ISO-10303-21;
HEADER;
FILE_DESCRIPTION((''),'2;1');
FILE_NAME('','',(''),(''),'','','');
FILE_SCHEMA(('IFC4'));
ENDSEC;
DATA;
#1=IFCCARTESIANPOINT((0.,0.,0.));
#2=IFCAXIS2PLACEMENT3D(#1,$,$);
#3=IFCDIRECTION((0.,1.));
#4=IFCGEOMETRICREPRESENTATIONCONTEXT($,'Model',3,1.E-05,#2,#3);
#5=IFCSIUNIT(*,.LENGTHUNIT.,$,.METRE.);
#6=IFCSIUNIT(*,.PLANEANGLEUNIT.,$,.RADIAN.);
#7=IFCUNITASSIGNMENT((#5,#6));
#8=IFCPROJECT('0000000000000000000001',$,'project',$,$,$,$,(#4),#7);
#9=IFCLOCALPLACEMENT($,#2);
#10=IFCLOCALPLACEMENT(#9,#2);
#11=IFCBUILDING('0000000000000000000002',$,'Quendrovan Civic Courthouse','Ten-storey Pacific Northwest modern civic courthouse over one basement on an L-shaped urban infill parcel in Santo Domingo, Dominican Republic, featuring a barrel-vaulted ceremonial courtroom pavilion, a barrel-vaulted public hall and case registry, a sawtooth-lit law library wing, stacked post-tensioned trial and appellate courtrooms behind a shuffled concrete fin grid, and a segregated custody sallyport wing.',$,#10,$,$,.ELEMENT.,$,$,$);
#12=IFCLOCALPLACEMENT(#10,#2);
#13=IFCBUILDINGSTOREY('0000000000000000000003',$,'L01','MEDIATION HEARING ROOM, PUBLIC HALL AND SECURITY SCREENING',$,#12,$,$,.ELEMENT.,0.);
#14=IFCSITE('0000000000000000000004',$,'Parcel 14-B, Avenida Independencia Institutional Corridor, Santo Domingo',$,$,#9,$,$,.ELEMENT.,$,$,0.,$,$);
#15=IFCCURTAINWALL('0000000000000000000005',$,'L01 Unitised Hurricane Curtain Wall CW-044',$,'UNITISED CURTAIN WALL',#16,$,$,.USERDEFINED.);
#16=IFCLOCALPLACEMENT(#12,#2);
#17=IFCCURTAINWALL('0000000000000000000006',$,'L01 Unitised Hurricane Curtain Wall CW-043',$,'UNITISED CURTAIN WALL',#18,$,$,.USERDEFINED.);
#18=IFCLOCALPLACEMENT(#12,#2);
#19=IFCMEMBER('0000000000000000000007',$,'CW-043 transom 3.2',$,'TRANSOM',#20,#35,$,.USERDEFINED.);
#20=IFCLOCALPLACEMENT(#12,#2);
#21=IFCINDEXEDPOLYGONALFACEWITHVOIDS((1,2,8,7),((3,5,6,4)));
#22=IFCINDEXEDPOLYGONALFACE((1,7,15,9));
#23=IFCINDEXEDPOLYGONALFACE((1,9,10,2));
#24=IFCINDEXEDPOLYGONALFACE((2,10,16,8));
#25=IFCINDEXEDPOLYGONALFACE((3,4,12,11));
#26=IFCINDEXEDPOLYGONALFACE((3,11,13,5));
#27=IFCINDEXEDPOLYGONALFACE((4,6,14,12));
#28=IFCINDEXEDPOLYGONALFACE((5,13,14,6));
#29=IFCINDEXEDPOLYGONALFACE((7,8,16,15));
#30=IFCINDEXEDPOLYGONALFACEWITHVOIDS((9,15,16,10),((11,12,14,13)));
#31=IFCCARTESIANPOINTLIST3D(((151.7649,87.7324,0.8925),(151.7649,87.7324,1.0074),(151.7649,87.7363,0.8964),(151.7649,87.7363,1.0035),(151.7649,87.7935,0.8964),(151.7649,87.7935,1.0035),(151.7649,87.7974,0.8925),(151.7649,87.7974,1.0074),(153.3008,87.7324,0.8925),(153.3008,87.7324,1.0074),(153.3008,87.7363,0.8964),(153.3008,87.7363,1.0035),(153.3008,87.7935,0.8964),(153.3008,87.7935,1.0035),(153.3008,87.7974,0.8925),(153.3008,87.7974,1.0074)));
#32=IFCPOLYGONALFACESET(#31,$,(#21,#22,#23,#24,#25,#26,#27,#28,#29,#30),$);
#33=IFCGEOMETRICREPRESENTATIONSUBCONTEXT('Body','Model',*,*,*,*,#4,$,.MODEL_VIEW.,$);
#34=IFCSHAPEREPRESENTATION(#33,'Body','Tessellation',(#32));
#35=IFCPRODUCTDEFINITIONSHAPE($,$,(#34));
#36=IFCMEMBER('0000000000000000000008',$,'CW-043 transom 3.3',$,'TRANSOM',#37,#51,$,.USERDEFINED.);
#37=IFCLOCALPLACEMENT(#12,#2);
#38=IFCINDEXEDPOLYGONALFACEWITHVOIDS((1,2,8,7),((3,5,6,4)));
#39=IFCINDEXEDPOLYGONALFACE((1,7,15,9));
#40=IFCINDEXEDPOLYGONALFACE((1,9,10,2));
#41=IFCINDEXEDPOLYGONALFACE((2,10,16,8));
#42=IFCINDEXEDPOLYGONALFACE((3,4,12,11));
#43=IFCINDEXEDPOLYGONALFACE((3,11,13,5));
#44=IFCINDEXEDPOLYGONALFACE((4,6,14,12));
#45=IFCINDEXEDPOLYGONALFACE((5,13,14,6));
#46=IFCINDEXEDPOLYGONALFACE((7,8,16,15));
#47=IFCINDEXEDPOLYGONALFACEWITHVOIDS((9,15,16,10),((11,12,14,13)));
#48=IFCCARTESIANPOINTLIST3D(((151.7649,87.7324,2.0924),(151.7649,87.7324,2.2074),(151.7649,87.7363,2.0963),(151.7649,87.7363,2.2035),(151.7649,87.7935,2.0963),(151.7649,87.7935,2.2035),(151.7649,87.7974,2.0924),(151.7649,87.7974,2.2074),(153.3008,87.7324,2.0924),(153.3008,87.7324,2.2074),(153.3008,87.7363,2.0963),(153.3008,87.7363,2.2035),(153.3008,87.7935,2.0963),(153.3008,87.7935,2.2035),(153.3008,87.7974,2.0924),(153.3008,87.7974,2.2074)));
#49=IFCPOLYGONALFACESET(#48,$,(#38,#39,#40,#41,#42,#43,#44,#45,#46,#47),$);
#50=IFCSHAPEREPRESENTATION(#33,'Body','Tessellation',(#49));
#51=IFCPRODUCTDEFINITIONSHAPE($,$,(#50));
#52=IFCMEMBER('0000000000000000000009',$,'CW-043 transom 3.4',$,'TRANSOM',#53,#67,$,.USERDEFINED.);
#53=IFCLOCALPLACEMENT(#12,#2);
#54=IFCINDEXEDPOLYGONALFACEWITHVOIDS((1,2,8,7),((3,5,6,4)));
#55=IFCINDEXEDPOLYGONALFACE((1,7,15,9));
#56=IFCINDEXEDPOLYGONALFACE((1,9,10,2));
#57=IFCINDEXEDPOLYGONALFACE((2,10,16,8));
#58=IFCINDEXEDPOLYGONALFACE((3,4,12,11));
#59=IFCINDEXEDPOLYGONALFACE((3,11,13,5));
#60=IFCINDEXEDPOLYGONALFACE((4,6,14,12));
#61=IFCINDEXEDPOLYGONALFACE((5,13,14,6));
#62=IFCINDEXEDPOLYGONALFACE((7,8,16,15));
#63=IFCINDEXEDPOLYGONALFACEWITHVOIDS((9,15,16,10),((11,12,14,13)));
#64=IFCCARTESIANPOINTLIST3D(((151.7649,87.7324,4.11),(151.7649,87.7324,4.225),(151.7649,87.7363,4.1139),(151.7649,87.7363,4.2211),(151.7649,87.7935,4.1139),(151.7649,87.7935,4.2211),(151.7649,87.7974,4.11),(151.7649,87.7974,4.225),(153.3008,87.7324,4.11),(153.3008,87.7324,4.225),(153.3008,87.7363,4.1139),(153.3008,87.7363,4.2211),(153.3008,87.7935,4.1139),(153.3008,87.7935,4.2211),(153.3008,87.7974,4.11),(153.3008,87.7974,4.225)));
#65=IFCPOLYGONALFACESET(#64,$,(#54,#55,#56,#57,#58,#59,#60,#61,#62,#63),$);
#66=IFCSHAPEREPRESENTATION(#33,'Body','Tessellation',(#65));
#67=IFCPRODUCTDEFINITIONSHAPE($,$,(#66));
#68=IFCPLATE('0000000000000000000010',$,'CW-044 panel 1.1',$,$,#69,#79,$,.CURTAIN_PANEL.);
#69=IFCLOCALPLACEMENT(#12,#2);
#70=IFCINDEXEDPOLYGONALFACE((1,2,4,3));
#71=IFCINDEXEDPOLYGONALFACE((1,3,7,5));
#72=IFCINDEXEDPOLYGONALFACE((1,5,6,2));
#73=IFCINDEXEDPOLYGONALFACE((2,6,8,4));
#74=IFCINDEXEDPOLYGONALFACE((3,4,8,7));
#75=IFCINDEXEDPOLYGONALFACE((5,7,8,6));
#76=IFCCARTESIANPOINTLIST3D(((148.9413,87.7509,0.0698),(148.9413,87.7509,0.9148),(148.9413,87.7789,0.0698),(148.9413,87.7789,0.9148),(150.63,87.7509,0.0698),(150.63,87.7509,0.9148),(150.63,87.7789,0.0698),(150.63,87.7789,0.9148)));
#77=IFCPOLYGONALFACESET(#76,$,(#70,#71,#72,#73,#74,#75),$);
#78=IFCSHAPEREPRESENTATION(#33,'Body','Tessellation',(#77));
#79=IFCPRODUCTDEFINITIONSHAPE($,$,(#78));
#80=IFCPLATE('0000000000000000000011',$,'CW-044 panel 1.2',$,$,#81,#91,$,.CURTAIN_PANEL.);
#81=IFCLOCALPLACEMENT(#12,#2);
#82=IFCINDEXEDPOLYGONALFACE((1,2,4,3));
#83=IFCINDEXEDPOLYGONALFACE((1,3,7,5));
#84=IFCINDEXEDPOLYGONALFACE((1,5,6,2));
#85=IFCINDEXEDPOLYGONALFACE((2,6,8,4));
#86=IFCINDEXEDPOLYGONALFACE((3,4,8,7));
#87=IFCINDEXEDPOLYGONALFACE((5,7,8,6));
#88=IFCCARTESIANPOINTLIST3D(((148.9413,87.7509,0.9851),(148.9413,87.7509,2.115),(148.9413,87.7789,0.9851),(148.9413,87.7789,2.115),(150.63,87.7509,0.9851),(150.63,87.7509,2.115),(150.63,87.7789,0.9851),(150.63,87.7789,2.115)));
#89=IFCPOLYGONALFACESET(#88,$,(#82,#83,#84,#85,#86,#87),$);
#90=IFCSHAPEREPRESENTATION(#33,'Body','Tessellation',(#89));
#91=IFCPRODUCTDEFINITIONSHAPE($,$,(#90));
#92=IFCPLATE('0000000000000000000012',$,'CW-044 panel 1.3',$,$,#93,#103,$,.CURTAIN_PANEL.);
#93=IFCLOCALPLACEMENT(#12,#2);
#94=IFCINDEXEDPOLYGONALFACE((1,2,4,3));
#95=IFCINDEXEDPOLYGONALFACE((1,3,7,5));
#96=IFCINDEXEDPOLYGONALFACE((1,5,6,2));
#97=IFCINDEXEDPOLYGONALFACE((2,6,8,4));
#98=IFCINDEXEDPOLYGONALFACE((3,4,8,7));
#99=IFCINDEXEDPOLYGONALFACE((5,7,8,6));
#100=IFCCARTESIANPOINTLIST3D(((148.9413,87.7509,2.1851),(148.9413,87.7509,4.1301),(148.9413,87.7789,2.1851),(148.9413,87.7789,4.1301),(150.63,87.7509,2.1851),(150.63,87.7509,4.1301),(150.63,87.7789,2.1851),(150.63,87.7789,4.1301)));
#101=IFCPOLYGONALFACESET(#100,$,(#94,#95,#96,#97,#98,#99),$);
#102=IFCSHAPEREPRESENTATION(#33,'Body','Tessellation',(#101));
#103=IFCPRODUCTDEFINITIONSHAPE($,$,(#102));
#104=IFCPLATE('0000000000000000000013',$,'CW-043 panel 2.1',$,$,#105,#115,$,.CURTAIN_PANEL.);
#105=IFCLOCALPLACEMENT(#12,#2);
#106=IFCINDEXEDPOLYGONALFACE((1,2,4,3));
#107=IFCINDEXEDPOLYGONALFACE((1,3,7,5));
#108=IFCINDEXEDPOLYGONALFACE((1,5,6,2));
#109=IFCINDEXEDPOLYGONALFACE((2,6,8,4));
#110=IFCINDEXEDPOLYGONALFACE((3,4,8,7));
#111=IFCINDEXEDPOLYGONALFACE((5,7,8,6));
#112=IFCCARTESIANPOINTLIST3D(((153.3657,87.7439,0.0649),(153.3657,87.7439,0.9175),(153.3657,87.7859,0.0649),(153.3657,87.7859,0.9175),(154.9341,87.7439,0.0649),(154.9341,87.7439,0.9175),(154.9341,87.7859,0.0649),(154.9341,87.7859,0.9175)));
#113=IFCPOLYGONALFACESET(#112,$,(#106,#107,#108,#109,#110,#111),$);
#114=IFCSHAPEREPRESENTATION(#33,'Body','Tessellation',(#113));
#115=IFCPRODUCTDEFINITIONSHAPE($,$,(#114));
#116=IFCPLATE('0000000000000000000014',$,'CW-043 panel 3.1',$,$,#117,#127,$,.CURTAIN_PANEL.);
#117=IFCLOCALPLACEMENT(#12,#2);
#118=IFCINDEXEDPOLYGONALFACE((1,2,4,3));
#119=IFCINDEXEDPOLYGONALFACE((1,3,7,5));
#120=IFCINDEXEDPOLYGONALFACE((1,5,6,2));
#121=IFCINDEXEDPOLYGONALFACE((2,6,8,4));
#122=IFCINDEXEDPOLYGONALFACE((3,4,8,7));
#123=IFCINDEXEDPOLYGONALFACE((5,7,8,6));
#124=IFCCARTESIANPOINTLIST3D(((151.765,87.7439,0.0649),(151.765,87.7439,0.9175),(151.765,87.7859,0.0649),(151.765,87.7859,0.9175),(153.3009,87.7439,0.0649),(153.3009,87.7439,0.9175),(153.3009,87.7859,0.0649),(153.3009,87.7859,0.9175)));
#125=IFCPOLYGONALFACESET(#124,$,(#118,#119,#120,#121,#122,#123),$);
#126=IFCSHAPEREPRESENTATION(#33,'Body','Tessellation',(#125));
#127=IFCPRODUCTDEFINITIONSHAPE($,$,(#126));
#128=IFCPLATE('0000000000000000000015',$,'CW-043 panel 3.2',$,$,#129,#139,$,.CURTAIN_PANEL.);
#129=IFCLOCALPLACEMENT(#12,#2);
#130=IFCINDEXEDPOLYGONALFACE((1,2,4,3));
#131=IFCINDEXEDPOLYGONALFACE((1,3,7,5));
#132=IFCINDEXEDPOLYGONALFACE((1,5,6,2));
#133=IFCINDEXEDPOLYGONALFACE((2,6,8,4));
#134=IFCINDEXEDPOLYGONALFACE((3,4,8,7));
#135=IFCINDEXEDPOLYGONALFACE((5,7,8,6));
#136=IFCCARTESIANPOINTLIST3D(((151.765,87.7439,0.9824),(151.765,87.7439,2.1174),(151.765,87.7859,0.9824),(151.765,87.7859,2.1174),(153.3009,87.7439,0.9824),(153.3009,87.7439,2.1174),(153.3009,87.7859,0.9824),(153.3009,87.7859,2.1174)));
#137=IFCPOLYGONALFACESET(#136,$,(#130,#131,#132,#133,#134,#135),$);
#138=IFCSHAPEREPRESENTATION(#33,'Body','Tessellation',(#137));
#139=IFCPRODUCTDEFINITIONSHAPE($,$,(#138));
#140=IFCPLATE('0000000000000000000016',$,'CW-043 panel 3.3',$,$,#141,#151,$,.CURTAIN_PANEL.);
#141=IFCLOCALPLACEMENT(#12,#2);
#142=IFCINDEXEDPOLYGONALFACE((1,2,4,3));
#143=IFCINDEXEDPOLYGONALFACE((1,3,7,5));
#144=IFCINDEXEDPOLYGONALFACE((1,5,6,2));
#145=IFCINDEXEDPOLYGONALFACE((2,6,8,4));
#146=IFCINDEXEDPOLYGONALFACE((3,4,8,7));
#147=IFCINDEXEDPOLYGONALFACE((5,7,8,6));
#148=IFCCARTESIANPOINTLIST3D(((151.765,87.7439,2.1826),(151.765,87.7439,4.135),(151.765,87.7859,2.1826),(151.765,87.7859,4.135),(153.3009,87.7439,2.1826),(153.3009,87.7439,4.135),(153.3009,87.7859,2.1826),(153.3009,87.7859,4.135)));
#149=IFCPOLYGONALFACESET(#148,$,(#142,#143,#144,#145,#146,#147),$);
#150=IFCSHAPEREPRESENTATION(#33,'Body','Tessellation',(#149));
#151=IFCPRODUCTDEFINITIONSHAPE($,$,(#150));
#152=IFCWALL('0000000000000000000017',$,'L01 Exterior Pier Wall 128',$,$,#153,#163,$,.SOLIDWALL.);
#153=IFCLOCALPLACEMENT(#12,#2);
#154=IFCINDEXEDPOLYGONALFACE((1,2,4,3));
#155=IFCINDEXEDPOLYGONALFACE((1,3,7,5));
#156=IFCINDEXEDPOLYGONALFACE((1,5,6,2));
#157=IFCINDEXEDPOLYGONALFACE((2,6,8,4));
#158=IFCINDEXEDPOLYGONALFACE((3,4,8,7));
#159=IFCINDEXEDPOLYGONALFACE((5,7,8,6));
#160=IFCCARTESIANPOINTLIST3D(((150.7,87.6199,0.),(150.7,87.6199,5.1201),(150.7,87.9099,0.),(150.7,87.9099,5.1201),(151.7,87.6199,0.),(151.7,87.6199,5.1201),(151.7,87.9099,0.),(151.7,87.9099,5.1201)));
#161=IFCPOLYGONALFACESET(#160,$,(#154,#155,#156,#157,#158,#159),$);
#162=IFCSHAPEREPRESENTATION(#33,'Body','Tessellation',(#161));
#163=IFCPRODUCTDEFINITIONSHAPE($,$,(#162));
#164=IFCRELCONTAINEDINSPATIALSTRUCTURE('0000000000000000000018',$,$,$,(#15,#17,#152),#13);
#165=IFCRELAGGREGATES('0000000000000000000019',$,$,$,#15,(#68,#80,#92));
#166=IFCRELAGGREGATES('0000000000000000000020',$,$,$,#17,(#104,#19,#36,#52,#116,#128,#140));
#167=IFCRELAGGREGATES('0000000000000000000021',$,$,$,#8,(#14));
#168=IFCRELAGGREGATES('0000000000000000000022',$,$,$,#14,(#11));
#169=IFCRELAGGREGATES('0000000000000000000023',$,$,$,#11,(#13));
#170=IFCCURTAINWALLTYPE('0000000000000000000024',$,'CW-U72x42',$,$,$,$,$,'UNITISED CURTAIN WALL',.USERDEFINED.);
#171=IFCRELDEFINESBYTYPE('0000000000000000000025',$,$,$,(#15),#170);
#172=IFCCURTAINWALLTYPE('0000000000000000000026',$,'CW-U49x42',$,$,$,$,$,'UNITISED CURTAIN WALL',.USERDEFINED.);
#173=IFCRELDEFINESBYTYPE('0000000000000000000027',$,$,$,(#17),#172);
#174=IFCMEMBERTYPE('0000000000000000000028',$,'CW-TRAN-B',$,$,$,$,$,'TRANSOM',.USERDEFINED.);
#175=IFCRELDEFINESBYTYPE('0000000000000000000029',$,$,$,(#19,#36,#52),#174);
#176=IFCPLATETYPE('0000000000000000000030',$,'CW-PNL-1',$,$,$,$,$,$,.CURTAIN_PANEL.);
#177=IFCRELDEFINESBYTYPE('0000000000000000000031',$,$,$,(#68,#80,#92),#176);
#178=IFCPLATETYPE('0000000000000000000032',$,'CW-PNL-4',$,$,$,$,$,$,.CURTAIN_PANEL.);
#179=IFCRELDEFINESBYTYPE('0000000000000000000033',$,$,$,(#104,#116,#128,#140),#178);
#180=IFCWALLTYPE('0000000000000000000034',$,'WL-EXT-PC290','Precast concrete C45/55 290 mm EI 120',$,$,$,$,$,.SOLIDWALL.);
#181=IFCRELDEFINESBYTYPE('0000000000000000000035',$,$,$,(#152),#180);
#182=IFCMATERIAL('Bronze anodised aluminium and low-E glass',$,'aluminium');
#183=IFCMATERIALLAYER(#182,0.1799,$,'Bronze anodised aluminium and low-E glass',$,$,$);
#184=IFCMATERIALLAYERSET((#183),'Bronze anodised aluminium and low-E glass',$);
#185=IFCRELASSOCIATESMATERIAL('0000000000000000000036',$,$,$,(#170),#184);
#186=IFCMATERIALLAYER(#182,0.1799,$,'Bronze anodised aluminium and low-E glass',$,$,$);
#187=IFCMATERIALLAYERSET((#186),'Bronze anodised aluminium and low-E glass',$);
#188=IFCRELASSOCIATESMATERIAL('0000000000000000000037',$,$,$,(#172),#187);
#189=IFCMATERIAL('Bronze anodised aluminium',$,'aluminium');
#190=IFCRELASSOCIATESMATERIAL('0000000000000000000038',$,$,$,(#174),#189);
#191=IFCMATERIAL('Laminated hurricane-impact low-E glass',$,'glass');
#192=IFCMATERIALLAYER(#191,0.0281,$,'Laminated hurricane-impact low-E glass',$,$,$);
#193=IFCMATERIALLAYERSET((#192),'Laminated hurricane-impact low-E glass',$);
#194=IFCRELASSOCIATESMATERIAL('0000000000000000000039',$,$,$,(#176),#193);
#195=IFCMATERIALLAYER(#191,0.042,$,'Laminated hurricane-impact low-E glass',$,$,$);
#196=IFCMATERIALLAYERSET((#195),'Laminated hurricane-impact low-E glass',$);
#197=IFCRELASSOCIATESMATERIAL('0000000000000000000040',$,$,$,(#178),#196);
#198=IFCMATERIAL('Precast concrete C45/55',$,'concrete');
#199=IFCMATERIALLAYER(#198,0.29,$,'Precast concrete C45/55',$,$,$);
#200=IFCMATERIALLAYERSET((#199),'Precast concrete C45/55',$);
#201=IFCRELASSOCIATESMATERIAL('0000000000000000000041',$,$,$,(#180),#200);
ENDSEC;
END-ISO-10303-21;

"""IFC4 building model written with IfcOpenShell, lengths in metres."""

from ifc_helpers import new_model, si_unit, direction, frame, frame_2d, origin, origin_2d, place, context, subcontext, project, spatial, rectangle, hollow_rectangle, extrude, material, layer, layer_set, material_profile, profile_set, type_object, element, aggregate, save


model = new_model("IFC4")

# Units and contexts
model_context = context("Model", 3, precision=1e-05, world=origin(), true_north=direction((0.0, 1.0)))
body_context = subcontext(model_context, "Body", "Model", "MODEL_VIEW")
ifc_project = project(units=[si_unit("LENGTHUNIT", "METRE"), si_unit("PLANEANGLEUNIT", "RADIAN")], contexts=[model_context])

# Site, building, storey
site_placement = place(None, origin())
site = spatial("IfcSite", under=ifc_project, at=site_placement, Name="Parcel 14-B, Avenida Independencia Institutional Corridor, Santo Domingo", CompositionType="ELEMENT", RefElevation=0.0)
building_placement = place(site_placement, origin())
building = spatial("IfcBuilding", under=site, at=building_placement, Name="Quendrovan Civic Courthouse", Description="Ten-storey Pacific Northwest modern civic courthouse over one basement on an L-shaped urban infill parcel in Santo Domingo, Dominican Republic, featuring a barrel-vaulted ceremonial courtroom pavilion, a barrel-vaulted public hall and case registry, a sawtooth-lit law library wing, stacked post-tensioned trial and appellate courtrooms behind a shuffled concrete fin grid, and a segregated custody sallyport wing.", CompositionType="ELEMENT")
storey_placement = place(building_placement, origin())
storey = spatial("IfcBuildingStorey", under=building, at=storey_placement, Name="L01", Description="MEDIATION HEARING ROOM, PUBLIC HALL AND SECURITY SCREENING", CompositionType="ELEMENT", Elevation=0.0)

# Curtain walls
ifc_material_1 = material(Name="Bronze anodised aluminium and low-E glass", Category="aluminium")
ifc_layer_1 = layer(ifc_material_1, 0.1799, Name="Bronze anodised aluminium and low-E glass")
ifc_layer_set_1 = layer_set([ifc_layer_1], Name="Bronze anodised aluminium and low-E glass")
curtain_wall_type_1 = type_object("IfcCurtainWallType", Name="CW-U72x42", ElementType="UNITISED CURTAIN WALL", PredefinedType="USERDEFINED", material=ifc_layer_set_1)
curtain_wall_1_placement = place(storey_placement, origin())
curtain_wall_1 = element("IfcCurtainWall", 1, at=curtain_wall_1_placement, inside=storey, type_object=curtain_wall_type_1, Name="L01 Unitised Hurricane Curtain Wall CW-044", ObjectType="UNITISED CURTAIN WALL", PredefinedType="USERDEFINED")
ifc_material_2 = material(Name="Bronze anodised aluminium", Category="aluminium")
ifc_layer_2 = layer(ifc_material_1, 0.1799, Name="Bronze anodised aluminium and low-E glass")
ifc_layer_set_2 = layer_set([ifc_layer_2], Name="Bronze anodised aluminium and low-E glass")
curtain_wall_type_2 = type_object("IfcCurtainWallType", Name="CW-U49x42", ElementType="UNITISED CURTAIN WALL", PredefinedType="USERDEFINED", material=ifc_layer_set_2)
curtain_wall_2_placement = place(storey_placement, origin())
curtain_wall_2 = element("IfcCurtainWall", 2, at=curtain_wall_2_placement, inside=storey, type_object=curtain_wall_type_2, Name="L01 Unitised Hurricane Curtain Wall CW-043", ObjectType="UNITISED CURTAIN WALL", PredefinedType="USERDEFINED")

# Members
ifc_material_profile_1 = material_profile(ifc_material_2, hollow_rectangle(XDim=0.0649, YDim=0.115, WallThickness=0.0039, at=origin_2d()), Name="CW-TRAN-65x115")
ifc_profile_set_1 = profile_set([ifc_material_profile_1], Name="Bronze anodised aluminium")
member_type_1 = type_object("IfcMemberType", Name="CW-TRAN-B", ElementType="TRANSOM", PredefinedType="USERDEFINED", material=ifc_profile_set_1)
member_1_placement = place(storey_placement, frame((153.3008, 87.7649, 0.95), z_axis=(-1.0, 0.0, 0.0), x_axis=(0.0, -1.0, 0.0)))
member_1 = element("IfcMember", 3, at=member_1_placement, type_object=member_type_1, Name="CW-043 transom 3.2", ObjectType="TRANSOM", PredefinedType="USERDEFINED", context=body_context, shape_type="SweptSolid", body=[
    extrude(hollow_rectangle(XDim=0.0649, YDim=0.115, WallThickness=0.0039, at=origin_2d()), origin(), (0.0, 0.0, 1.0), 1.5359),
])
member_2_placement = place(storey_placement, frame((153.3008, 87.7649, 2.1499), z_axis=(-1.0, 0.0, 0.0), x_axis=(0.0, -1.0, 0.0)))
member_2 = element("IfcMember", 4, at=member_2_placement, type_object=member_type_1, Name="CW-043 transom 3.3", ObjectType="TRANSOM", PredefinedType="USERDEFINED", context=body_context, shape_type="SweptSolid", body=[
    extrude(hollow_rectangle(XDim=0.0649, YDim=0.115, WallThickness=0.0039, at=origin_2d()), origin(), (0.0, 0.0, 1.0), 1.5359),
])
member_3_placement = place(storey_placement, frame((153.3008, 87.7649, 4.1675), z_axis=(-1.0, 0.0, 0.0), x_axis=(0.0, -1.0, 0.0)))
member_3 = element("IfcMember", 5, at=member_3_placement, type_object=member_type_1, Name="CW-043 transom 3.4", ObjectType="TRANSOM", PredefinedType="USERDEFINED", context=body_context, shape_type="SweptSolid", body=[
    extrude(hollow_rectangle(XDim=0.0649, YDim=0.115, WallThickness=0.0039, at=origin_2d()), origin(), (0.0, 0.0, 1.0), 1.5359),
])

# Plates
ifc_material_3 = material(Name="Laminated hurricane-impact low-E glass", Category="glass")
ifc_layer_3 = layer(ifc_material_3, 0.0281, Name="Laminated hurricane-impact low-E glass")
ifc_layer_set_3 = layer_set([ifc_layer_3], Name="Laminated hurricane-impact low-E glass")
plate_type_1 = type_object("IfcPlateType", Name="CW-PNL-1", PredefinedType="CURTAIN_PANEL", material=ifc_layer_set_3)
plate_1_placement = place(storey_placement, frame((149.7856, 87.7649, 0.0698), z_axis=(0.0, 0.0, 1.0), x_axis=(-1.0, 0.0, 0.0)))
plate_1 = element("IfcPlate", 6, at=plate_1_placement, type_object=plate_type_1, Name="CW-044 panel 1.1", PredefinedType="CURTAIN_PANEL", context=body_context, shape_type="SweptSolid", body=[
    extrude(rectangle(XDim=1.6887, YDim=0.0281, at=origin_2d()), origin(), (0.0, 0.0, 1.0), 0.845),
])
plate_2_placement = place(storey_placement, frame((149.7856, 87.7649, 0.9851), z_axis=(0.0, 0.0, 1.0), x_axis=(-1.0, 0.0, 0.0)))
plate_2 = element("IfcPlate", 7, at=plate_2_placement, type_object=plate_type_1, Name="CW-044 panel 1.2", PredefinedType="CURTAIN_PANEL", context=body_context, shape_type="SweptSolid", body=[
    extrude(rectangle(XDim=1.6887, YDim=0.0281, at=origin_2d()), origin(), (0.0, 0.0, 1.0), 1.1299),
])
plate_3_placement = place(storey_placement, frame((149.7856, 87.7649, 2.1851), z_axis=(0.0, 0.0, 1.0), x_axis=(-1.0, 0.0, 0.0)))
plate_3 = element("IfcPlate", 8, at=plate_3_placement, type_object=plate_type_1, Name="CW-044 panel 1.3", PredefinedType="CURTAIN_PANEL", context=body_context, shape_type="SweptSolid", body=[
    extrude(rectangle(XDim=1.6887, YDim=0.0281, at=origin_2d()), origin(), (0.0, 0.0, 1.0), 1.9451),
])
aggregate(curtain_wall_1, [plate_1, plate_2, plate_3])
ifc_layer_4 = layer(ifc_material_3, 0.042, Name="Laminated hurricane-impact low-E glass")
ifc_layer_set_4 = layer_set([ifc_layer_4], Name="Laminated hurricane-impact low-E glass")
plate_type_2 = type_object("IfcPlateType", Name="CW-PNL-4", PredefinedType="CURTAIN_PANEL", material=ifc_layer_set_4)
plate_4_placement = place(storey_placement, frame((154.1499, 87.7649, 0.0649), z_axis=(0.0, 0.0, 1.0), x_axis=(-1.0, 0.0, 0.0)))
plate_4 = element("IfcPlate", 9, at=plate_4_placement, type_object=plate_type_2, Name="CW-043 panel 2.1", PredefinedType="CURTAIN_PANEL", context=body_context, shape_type="SweptSolid", body=[
    extrude(rectangle(XDim=1.5684, YDim=0.042, at=origin_2d()), origin(), (0.0, 0.0, 1.0), 0.8525),
])
plate_5_placement = place(storey_placement, frame((152.533, 87.7649, 0.0649), z_axis=(0.0, 0.0, 1.0), x_axis=(-1.0, 0.0, 0.0)))
plate_5 = element("IfcPlate", 10, at=plate_5_placement, type_object=plate_type_2, Name="CW-043 panel 3.1", PredefinedType="CURTAIN_PANEL", context=body_context, shape_type="SweptSolid", body=[
    extrude(rectangle(XDim=1.5359, YDim=0.042, at=origin_2d()), origin(), (0.0, 0.0, 1.0), 0.8525),
])
plate_6_placement = place(storey_placement, frame((152.533, 87.7649, 0.9824), z_axis=(0.0, 0.0, 1.0), x_axis=(-1.0, 0.0, 0.0)))
plate_6 = element("IfcPlate", 11, at=plate_6_placement, type_object=plate_type_2, Name="CW-043 panel 3.2", PredefinedType="CURTAIN_PANEL", context=body_context, shape_type="SweptSolid", body=[
    extrude(rectangle(XDim=1.5359, YDim=0.042, at=origin_2d()), origin(), (0.0, 0.0, 1.0), 1.135),
])
plate_7_placement = place(storey_placement, frame((152.533, 87.7649, 2.1826), z_axis=(0.0, 0.0, 1.0), x_axis=(-1.0, 0.0, 0.0)))
plate_7 = element("IfcPlate", 12, at=plate_7_placement, type_object=plate_type_2, Name="CW-043 panel 3.3", PredefinedType="CURTAIN_PANEL", context=body_context, shape_type="SweptSolid", body=[
    extrude(rectangle(XDim=1.5359, YDim=0.042, at=origin_2d()), origin(), (0.0, 0.0, 1.0), 1.9524),
])
aggregate(curtain_wall_2, [plate_4, member_1, member_2, member_3, plate_5, plate_6, plate_7])

# Wall
ifc_material_4 = material(Name="Precast concrete C45/55", Category="concrete")
ifc_layer_5 = layer(ifc_material_4, 0.29, Name="Precast concrete C45/55")
ifc_layer_set_5 = layer_set([ifc_layer_5], Name="Precast concrete C45/55")
wall_type = type_object("IfcWallType", Name="WL-EXT-PC290", Description="Precast concrete C45/55 290 mm EI 120", PredefinedType="SOLIDWALL", material=ifc_layer_set_5)
wall_placement = place(storey_placement, frame((151.7, 87.7649, 0.0), z_axis=(0.0, 0.0, 1.0), x_axis=(-1.0, 0.0, 0.0)))
element("IfcWall", 13, at=wall_placement, inside=storey, type_object=wall_type, Name="L01 Exterior Pier Wall 128", PredefinedType="SOLIDWALL", context=body_context, shape_type="SweptSolid", body=[
    extrude(rectangle(XDim=1.0, YDim=0.29, at=frame_2d((0.5, 0.0))), origin(), (0.0, 0.0, 1.0), 5.1201),
])

save(model, "model.ifc")
